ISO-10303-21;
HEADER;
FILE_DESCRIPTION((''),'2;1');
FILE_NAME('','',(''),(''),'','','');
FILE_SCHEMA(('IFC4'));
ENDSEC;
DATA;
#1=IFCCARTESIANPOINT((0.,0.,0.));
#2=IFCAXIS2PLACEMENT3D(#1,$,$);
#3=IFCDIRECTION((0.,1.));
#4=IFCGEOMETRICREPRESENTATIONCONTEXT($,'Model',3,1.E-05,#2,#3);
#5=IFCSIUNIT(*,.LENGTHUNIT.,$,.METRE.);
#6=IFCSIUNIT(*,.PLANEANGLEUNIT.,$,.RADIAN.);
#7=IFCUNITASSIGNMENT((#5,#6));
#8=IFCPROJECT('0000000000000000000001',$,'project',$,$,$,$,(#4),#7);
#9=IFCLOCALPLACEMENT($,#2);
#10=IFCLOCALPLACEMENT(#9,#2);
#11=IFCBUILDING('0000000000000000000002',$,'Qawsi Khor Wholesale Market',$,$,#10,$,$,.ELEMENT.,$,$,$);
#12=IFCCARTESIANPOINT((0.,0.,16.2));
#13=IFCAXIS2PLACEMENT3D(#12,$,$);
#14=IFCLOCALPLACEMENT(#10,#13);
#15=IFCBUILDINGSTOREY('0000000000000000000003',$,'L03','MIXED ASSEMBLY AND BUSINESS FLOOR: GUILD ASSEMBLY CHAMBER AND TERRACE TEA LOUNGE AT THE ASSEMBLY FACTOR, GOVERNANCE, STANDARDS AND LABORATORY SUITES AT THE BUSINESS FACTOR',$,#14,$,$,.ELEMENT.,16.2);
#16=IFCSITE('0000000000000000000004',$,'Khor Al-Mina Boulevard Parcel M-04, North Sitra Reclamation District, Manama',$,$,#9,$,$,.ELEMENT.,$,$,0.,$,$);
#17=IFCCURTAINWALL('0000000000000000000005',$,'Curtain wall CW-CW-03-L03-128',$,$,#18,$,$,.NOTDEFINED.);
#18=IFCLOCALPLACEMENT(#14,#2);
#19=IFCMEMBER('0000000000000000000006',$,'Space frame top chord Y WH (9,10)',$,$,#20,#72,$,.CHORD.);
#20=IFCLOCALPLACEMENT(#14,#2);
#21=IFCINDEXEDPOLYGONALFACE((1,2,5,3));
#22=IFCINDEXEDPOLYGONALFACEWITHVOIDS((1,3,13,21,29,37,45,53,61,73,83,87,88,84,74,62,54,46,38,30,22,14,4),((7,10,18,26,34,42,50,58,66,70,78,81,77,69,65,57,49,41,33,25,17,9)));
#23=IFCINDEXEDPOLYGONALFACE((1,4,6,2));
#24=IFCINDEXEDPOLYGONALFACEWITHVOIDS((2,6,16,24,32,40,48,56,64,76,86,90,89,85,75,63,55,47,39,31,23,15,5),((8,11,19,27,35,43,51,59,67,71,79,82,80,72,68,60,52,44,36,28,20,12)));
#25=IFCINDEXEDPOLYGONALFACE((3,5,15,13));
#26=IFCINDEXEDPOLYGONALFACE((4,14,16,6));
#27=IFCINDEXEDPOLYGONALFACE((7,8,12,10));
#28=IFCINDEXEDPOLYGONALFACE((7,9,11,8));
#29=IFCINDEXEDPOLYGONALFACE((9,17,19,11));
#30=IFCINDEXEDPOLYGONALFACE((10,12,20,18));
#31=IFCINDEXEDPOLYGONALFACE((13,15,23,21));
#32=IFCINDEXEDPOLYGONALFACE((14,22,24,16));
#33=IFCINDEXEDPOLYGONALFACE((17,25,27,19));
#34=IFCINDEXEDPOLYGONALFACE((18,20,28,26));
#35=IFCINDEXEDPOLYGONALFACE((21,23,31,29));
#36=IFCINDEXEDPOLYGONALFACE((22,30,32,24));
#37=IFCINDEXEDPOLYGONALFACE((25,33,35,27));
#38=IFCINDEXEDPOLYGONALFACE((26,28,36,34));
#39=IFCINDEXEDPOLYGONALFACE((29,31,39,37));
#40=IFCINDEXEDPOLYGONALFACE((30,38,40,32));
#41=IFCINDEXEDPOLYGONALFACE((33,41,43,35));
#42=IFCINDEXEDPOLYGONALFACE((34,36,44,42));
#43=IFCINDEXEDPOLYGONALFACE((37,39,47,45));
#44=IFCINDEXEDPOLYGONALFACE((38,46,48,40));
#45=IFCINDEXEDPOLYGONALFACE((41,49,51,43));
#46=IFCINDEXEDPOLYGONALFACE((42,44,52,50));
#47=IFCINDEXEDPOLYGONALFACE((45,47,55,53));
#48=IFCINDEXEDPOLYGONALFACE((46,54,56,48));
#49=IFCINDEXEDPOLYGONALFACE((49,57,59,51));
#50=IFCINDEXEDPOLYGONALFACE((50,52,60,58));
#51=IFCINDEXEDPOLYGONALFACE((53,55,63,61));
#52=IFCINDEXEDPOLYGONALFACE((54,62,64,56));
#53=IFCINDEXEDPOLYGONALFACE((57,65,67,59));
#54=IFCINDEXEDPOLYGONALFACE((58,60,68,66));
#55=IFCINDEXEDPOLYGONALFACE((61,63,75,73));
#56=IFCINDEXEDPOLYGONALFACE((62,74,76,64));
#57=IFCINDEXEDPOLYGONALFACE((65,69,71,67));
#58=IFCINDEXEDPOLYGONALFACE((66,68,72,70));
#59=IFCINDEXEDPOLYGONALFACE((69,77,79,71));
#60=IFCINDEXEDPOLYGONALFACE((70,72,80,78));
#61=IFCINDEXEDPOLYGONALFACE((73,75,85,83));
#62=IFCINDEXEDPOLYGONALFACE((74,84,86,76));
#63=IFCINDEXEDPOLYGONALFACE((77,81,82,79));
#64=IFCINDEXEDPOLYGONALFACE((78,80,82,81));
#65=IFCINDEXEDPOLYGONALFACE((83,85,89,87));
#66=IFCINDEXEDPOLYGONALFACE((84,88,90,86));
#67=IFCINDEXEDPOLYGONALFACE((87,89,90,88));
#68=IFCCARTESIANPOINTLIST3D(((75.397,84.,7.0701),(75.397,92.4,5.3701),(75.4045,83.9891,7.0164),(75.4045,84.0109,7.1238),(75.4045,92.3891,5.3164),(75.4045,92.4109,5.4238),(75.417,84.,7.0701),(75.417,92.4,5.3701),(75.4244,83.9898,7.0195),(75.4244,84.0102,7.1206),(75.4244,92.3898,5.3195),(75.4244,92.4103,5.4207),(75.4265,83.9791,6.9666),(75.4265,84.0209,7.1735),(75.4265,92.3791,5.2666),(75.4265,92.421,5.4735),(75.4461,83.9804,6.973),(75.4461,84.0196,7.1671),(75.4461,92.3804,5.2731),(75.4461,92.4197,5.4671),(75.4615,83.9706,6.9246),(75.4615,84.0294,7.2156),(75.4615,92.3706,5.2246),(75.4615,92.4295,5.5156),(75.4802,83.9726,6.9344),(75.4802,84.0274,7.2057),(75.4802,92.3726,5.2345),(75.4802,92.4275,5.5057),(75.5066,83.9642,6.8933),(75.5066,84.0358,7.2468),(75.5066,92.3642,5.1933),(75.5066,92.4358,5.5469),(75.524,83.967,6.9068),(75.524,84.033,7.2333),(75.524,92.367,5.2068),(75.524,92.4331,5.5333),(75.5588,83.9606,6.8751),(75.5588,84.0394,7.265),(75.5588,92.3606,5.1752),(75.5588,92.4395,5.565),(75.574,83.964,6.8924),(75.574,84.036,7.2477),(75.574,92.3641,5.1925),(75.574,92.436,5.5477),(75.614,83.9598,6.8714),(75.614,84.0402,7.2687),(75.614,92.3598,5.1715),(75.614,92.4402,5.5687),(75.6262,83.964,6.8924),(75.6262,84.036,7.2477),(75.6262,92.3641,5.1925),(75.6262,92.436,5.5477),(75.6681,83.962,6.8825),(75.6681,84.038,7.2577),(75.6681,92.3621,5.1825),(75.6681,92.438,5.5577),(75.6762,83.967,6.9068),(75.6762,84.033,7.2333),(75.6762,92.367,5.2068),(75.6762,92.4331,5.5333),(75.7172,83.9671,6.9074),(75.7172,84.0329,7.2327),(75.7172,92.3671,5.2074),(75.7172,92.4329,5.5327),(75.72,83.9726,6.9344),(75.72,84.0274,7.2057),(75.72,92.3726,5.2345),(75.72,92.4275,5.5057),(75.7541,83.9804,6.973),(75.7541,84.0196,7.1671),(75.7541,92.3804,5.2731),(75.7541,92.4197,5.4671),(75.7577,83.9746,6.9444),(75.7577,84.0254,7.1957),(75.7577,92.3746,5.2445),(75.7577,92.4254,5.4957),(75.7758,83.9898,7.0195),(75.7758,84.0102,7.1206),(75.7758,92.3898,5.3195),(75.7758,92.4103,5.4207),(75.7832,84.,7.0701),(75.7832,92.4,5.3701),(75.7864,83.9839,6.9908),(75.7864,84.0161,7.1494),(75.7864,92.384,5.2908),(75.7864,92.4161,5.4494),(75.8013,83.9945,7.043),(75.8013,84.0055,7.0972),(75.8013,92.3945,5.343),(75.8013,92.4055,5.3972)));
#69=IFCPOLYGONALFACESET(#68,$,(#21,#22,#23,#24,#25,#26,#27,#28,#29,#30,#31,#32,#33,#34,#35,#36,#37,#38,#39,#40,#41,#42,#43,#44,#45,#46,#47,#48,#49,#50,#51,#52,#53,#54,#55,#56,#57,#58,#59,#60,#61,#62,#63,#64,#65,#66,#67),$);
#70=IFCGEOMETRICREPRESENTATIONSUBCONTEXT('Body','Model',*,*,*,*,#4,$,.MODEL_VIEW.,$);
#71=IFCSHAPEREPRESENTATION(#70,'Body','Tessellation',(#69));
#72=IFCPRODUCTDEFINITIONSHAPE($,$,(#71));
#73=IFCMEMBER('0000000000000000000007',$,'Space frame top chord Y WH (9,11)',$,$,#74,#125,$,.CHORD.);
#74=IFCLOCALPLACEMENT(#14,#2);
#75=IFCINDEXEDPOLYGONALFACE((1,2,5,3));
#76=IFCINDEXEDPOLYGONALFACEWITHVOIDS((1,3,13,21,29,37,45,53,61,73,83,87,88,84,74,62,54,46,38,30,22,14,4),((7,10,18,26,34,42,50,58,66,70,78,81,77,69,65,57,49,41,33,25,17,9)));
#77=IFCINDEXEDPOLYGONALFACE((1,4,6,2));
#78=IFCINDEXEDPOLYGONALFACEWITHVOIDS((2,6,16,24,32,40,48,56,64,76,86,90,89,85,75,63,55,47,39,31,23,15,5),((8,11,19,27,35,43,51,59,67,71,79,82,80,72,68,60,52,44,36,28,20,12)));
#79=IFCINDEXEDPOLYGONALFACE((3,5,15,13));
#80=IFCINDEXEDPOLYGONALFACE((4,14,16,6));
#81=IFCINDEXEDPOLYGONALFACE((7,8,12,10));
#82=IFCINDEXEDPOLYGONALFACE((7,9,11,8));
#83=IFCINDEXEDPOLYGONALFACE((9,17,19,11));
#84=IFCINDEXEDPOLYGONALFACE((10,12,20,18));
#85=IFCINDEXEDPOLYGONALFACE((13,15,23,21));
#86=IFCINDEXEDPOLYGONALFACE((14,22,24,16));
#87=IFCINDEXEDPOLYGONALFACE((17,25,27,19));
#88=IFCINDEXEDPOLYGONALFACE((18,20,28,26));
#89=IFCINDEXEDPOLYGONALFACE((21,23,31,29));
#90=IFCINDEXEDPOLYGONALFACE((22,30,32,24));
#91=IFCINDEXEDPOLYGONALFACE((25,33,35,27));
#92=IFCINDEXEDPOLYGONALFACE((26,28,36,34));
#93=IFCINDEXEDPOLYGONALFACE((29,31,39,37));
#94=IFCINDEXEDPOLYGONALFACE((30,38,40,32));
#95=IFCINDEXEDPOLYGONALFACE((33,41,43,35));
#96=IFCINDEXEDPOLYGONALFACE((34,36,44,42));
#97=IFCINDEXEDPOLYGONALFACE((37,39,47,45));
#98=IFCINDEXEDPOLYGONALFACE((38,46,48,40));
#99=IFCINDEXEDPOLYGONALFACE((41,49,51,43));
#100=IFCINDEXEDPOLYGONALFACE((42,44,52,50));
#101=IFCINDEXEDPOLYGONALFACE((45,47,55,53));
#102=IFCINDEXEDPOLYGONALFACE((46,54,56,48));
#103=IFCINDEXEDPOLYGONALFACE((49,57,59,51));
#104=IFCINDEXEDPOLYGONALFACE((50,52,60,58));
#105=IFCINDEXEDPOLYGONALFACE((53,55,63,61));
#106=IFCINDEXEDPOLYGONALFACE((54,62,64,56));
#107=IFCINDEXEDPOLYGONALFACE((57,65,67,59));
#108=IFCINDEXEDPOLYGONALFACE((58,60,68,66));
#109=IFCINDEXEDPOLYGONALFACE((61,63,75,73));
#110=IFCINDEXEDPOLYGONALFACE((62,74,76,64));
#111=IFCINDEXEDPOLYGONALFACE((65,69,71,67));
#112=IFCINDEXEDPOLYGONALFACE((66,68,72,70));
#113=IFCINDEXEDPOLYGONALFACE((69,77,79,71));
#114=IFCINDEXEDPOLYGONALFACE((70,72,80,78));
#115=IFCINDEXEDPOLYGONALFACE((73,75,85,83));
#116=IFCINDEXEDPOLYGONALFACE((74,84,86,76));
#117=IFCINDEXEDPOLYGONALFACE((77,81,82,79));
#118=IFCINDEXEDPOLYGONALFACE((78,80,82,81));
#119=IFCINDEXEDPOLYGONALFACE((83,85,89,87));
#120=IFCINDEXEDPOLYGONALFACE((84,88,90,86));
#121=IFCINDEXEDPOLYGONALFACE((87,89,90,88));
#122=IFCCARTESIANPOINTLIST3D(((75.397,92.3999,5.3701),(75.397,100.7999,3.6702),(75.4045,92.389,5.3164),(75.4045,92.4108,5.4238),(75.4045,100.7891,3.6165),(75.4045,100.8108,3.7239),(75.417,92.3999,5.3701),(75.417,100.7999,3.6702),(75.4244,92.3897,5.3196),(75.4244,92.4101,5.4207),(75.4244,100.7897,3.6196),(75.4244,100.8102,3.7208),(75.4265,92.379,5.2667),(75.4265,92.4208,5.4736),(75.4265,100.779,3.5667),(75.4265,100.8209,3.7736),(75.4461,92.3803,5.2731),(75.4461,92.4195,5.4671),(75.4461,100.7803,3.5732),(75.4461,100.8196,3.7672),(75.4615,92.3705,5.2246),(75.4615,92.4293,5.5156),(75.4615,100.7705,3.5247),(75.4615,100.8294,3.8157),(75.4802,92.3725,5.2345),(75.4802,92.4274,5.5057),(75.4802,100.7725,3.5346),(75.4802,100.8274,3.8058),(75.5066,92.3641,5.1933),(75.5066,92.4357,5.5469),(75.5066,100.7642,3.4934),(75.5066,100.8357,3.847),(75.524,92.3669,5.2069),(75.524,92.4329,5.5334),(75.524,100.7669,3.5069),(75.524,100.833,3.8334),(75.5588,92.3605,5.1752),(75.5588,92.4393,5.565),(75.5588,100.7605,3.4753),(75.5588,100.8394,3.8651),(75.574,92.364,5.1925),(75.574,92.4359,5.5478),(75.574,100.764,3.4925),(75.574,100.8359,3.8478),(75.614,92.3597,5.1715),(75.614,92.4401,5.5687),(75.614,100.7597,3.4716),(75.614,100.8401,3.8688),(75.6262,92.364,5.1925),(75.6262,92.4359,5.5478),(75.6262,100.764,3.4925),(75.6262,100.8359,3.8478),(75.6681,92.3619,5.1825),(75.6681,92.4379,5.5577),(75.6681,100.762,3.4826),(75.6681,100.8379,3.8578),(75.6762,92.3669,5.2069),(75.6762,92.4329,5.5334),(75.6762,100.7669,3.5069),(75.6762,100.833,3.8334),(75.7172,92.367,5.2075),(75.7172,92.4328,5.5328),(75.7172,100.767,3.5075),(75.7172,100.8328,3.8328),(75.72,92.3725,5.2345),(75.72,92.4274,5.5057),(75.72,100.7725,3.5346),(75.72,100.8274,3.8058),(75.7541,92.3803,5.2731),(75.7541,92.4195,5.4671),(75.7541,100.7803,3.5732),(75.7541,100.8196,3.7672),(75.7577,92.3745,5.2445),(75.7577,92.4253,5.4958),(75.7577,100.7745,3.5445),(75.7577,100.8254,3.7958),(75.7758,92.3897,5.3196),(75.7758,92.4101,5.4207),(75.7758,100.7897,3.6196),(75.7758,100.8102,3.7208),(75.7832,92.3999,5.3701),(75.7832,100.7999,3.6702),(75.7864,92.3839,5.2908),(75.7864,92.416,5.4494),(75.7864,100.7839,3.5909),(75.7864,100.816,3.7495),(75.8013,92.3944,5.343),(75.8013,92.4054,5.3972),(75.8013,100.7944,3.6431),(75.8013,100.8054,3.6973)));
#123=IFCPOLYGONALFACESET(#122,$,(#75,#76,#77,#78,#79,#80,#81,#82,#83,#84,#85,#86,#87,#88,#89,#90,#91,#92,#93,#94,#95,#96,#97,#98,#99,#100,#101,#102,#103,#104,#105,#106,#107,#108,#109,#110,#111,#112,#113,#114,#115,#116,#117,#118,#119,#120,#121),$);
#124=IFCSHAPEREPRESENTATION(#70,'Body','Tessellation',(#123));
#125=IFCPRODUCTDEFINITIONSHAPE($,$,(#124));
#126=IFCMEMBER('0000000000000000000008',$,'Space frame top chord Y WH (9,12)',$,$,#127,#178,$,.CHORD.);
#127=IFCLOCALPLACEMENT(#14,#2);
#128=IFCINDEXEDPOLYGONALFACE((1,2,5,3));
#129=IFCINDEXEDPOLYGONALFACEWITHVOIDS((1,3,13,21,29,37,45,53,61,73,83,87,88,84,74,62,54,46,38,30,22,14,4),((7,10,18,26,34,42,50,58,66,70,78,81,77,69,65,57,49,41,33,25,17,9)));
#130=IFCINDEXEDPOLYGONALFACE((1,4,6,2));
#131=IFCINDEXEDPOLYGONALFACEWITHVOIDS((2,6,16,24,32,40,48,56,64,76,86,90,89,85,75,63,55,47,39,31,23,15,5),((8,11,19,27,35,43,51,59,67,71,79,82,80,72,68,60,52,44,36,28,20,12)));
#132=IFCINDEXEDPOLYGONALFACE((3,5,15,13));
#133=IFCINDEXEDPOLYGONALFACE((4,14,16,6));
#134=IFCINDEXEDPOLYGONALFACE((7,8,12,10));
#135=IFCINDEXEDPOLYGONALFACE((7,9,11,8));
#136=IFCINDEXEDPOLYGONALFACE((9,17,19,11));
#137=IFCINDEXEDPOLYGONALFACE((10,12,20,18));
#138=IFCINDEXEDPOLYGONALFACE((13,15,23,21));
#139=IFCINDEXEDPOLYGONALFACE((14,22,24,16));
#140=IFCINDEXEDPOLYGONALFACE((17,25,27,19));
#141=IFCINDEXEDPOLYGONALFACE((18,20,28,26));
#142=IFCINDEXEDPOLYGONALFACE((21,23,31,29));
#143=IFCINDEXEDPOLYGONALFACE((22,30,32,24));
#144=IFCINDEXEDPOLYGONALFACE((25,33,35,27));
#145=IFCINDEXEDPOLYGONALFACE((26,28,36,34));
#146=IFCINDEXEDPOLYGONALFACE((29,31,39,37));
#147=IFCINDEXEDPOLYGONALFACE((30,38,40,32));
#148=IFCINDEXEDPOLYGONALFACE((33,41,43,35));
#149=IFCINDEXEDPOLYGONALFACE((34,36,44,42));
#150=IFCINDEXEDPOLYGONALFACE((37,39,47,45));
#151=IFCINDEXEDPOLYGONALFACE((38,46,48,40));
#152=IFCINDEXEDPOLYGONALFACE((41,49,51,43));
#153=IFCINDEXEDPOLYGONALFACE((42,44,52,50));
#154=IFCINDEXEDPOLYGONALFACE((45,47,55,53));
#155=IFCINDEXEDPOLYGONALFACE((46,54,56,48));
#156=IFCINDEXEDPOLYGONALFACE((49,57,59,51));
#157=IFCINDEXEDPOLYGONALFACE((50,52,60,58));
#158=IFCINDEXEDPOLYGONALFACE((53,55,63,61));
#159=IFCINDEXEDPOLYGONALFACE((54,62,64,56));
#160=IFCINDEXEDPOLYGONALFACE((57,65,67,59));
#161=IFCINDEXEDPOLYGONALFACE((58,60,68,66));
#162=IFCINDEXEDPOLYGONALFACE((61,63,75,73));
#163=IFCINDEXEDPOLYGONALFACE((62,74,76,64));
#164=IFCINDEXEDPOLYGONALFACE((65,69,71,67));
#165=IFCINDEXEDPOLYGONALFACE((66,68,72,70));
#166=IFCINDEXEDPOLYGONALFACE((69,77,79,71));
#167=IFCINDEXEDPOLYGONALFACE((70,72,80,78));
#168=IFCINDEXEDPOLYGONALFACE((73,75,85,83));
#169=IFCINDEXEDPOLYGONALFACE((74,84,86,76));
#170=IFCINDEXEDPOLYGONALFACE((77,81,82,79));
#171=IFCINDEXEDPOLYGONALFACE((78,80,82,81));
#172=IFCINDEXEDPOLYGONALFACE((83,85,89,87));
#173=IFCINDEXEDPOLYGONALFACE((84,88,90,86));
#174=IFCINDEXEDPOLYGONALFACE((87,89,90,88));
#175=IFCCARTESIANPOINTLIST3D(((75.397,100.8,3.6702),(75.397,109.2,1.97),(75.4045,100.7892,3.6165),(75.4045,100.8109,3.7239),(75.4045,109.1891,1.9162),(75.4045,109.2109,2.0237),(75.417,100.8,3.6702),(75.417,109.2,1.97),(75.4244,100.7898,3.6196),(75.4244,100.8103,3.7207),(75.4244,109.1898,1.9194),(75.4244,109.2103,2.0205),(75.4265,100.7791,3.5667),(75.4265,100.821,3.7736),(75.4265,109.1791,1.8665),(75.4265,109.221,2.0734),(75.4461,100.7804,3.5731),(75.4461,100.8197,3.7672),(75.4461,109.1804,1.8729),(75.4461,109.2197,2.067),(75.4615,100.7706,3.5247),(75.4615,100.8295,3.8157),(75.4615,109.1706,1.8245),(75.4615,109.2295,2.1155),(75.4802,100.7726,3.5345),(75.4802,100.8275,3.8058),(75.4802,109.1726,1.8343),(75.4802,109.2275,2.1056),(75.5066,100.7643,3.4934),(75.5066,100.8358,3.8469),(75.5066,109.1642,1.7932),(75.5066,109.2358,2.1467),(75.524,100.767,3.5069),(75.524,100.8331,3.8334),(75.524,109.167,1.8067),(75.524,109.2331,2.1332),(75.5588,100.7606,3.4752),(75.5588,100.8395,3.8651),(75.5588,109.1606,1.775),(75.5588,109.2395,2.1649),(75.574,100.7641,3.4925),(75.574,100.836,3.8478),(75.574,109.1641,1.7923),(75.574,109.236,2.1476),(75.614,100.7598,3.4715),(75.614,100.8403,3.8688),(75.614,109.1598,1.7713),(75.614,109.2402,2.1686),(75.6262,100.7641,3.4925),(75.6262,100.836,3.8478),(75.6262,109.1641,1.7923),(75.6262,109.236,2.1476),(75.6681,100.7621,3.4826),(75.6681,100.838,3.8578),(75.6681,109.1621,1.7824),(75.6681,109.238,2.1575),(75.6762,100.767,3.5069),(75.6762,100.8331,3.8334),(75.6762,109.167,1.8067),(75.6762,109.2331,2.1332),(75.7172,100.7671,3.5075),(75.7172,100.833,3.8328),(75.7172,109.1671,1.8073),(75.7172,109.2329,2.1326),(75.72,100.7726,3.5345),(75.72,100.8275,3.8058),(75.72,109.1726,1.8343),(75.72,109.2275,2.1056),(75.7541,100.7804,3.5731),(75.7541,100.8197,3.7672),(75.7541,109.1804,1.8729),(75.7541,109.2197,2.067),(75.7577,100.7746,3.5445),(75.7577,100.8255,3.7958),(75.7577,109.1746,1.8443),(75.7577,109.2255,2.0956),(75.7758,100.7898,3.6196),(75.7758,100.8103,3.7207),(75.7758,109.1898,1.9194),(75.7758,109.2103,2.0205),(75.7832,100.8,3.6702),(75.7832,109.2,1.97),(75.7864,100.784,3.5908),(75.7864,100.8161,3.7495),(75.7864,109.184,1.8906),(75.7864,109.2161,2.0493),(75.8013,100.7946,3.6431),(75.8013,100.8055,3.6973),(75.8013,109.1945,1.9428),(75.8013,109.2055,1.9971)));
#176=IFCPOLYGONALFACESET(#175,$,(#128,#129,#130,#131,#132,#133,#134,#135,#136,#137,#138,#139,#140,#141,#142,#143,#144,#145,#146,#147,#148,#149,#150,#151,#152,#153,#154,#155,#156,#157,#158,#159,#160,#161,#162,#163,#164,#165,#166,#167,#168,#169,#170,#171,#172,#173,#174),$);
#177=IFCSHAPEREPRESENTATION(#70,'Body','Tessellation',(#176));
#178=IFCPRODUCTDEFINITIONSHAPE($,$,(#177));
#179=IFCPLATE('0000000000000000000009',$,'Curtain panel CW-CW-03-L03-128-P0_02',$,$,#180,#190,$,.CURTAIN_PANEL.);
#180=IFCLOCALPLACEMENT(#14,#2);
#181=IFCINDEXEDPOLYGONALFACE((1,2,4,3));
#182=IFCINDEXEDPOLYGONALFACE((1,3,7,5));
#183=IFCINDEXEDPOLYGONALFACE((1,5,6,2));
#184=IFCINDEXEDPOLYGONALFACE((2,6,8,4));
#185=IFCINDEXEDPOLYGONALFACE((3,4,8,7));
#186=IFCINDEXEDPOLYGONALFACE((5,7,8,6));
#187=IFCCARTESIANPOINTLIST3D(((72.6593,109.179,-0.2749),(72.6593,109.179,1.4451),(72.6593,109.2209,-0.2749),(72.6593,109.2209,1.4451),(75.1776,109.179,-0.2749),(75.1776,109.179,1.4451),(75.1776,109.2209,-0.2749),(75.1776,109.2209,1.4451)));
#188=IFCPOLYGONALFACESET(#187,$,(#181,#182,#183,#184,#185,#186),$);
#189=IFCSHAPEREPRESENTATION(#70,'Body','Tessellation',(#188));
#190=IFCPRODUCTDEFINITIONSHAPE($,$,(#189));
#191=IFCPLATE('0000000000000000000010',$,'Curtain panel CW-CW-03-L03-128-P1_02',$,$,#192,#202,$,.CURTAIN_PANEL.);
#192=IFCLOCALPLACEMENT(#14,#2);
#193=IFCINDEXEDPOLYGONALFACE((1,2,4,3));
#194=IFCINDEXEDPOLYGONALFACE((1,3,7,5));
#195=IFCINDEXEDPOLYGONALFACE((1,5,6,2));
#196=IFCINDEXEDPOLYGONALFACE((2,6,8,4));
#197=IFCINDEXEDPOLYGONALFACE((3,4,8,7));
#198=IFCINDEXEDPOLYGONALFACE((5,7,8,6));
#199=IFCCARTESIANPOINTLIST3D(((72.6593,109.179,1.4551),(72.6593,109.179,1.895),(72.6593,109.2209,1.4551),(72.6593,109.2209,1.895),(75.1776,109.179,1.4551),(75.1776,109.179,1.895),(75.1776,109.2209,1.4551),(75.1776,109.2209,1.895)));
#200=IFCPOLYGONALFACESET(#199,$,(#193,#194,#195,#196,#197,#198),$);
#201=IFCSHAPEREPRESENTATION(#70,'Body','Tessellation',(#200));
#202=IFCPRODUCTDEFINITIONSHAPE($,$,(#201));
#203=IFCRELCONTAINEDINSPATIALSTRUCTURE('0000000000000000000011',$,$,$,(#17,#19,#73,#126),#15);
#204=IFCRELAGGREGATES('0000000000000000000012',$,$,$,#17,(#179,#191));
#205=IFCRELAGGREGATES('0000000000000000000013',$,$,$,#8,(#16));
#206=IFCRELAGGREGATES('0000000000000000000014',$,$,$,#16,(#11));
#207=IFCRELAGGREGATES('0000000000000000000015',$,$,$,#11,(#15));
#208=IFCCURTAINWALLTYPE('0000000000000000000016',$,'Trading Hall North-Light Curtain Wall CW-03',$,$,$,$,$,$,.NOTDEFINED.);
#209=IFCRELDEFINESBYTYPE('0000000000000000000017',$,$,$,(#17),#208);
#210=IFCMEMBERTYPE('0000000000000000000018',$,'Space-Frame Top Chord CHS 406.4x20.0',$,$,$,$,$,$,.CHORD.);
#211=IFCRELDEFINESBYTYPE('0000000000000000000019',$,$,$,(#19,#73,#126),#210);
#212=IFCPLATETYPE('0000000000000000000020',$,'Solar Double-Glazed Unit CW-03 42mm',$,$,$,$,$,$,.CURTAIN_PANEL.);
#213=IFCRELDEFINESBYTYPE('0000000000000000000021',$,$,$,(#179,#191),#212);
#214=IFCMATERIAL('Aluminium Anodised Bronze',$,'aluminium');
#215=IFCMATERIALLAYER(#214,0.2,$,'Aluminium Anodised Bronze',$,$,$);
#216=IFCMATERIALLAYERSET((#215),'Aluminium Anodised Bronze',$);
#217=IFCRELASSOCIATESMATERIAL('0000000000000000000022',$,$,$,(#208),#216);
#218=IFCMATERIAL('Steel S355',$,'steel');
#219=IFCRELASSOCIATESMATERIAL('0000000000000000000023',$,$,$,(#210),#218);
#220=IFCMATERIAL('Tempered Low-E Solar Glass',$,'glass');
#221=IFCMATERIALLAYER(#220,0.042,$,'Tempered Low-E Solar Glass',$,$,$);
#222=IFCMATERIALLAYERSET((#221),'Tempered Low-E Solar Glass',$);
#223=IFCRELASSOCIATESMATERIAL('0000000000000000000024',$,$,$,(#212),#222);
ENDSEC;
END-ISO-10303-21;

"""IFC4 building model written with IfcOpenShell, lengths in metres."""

from ifc_helpers import new_model, si_unit, direction, frame, frame_2d, origin, origin_2d, place, context, subcontext, project, spatial, rectangle, hollow_circle, extrude, material, layer, layer_set, material_profile, profile_set, type_object, element, aggregate, save


model = new_model("IFC4")

# Units and contexts
model_context = context("Model", 3, precision=1e-05, world=origin(), true_north=direction((0.0, 1.0)))
body_context = subcontext(model_context, "Body", "Model", "MODEL_VIEW")
ifc_project = project(units=[si_unit("LENGTHUNIT", "METRE"), si_unit("PLANEANGLEUNIT", "RADIAN")], contexts=[model_context])

# Site, building, storey
site_placement = place(None, origin())
site = spatial("IfcSite", under=ifc_project, at=site_placement, Name="Khor Al-Mina Boulevard Parcel M-04, North Sitra Reclamation District, Manama", CompositionType="ELEMENT", RefElevation=0.0)
building_placement = place(site_placement, origin())
building = spatial("IfcBuilding", under=site, at=building_placement, Name="Qawsi Khor Wholesale Market", CompositionType="ELEMENT")
storey_placement = place(building_placement, frame((0.0, 0.0, 16.2)))
storey = spatial("IfcBuildingStorey", under=building, at=storey_placement, Name="L03", Description="MIXED ASSEMBLY AND BUSINESS FLOOR: GUILD ASSEMBLY CHAMBER AND TERRACE TEA LOUNGE AT THE ASSEMBLY FACTOR, GOVERNANCE, STANDARDS AND LABORATORY SUITES AT THE BUSINESS FACTOR", CompositionType="ELEMENT", Elevation=16.2)

# Curtain wall
ifc_material_1 = material(Name="Aluminium Anodised Bronze", Category="aluminium")
ifc_layer_1 = layer(ifc_material_1, 0.2, Name="Aluminium Anodised Bronze")
ifc_layer_set_1 = layer_set([ifc_layer_1], Name="Aluminium Anodised Bronze")
curtain_wall_type = type_object("IfcCurtainWallType", Name="Trading Hall North-Light Curtain Wall CW-03", PredefinedType="NOTDEFINED", material=ifc_layer_set_1)
curtain_wall_placement = place(storey_placement, origin())
curtain_wall = element("IfcCurtainWall", 1, at=curtain_wall_placement, inside=storey, type_object=curtain_wall_type, Name="Curtain wall CW-CW-03-L03-128", PredefinedType="NOTDEFINED")

# Members
ifc_material_2 = material(Name="Steel S355", Category="steel")
ifc_material_profile_1 = material_profile(ifc_material_2, hollow_circle(Radius=0.2031, WallThickness=0.02, at=origin_2d()), Name="CHS 406.4x20.0")
ifc_profile_set_1 = profile_set([ifc_material_profile_1], Name="Steel S355")
member_type_1 = type_object("IfcMemberType", Name="Space-Frame Top Chord CHS 406.4x20.0", PredefinedType="CHORD", material=ifc_profile_set_1)
for number, where, z_axis, x_axis, name in (
    (2, (75.6001, 84.0, 7.0701), (0.0, 0.98013, -0.198356), (-1.0, 0.0, 0.0), "Space frame top chord Y WH (9,10)"),
    (3, (75.6001, 92.3999, 5.3701), (0.0, 0.980131, -0.198351), (-1.0, 0.0, 0.0), "Space frame top chord Y WH (9,11)"),
    (4, (75.6001, 100.8, 3.6702), (0.0, 0.980124, -0.198384), (-1.0, 0.0, 0.0), "Space frame top chord Y WH (9,12)"),
):
    element("IfcMember", number, at=place(storey_placement, frame(where, z_axis=z_axis, x_axis=x_axis)), inside=storey, type_object=member_type_1, Name=name, PredefinedType="CHORD", context=body_context, shape_type="SweptSolid", body=[
        extrude(hollow_circle(Radius=0.2031, WallThickness=0.02, at=origin_2d()), origin(), (0.0, 0.0, 1.0), 8.5703),
    ])

# Plates
ifc_material_3 = material(Name="Tempered Low-E Solar Glass", Category="glass")
ifc_layer_2 = layer(ifc_material_3, 0.042, Name="Tempered Low-E Solar Glass")
ifc_layer_set_2 = layer_set([ifc_layer_2], Name="Tempered Low-E Solar Glass")
plate_type = type_object("IfcPlateType", Name="Solar Double-Glazed Unit CW-03 42mm", PredefinedType="CURTAIN_PANEL", material=ifc_layer_set_2)
plate_1_placement = place(storey_placement, frame((72.6592, 109.2, -0.2749), z_axis=(0.0, 0.0, 1.0), x_axis=(1.0, 0.0, 0.0)))
plate_1 = element("IfcPlate", 5, at=plate_1_placement, type_object=plate_type, Name="Curtain panel CW-CW-03-L03-128-P0_02", PredefinedType="CURTAIN_PANEL", context=body_context, shape_type="SweptSolid", body=[
    extrude(rectangle(XDim=2.5183, YDim=0.042, at=frame_2d((1.2593, 0.0))), origin(), (0.0, 0.0, 1.0), 1.72),
])
plate_2_placement = place(storey_placement, frame((72.6592, 109.2, 1.4551), z_axis=(0.0, 0.0, 1.0), x_axis=(1.0, 0.0, 0.0)))
plate_2 = element("IfcPlate", 6, at=plate_2_placement, type_object=plate_type, Name="Curtain panel CW-CW-03-L03-128-P1_02", PredefinedType="CURTAIN_PANEL", context=body_context, shape_type="SweptSolid", body=[
    extrude(rectangle(XDim=2.5183, YDim=0.042, at=frame_2d((1.2593, 0.0))), origin(), (0.0, 0.0, 1.0), 0.4399),
])
aggregate(curtain_wall, [plate_1, plate_2])

save(model, "model.ifc")
